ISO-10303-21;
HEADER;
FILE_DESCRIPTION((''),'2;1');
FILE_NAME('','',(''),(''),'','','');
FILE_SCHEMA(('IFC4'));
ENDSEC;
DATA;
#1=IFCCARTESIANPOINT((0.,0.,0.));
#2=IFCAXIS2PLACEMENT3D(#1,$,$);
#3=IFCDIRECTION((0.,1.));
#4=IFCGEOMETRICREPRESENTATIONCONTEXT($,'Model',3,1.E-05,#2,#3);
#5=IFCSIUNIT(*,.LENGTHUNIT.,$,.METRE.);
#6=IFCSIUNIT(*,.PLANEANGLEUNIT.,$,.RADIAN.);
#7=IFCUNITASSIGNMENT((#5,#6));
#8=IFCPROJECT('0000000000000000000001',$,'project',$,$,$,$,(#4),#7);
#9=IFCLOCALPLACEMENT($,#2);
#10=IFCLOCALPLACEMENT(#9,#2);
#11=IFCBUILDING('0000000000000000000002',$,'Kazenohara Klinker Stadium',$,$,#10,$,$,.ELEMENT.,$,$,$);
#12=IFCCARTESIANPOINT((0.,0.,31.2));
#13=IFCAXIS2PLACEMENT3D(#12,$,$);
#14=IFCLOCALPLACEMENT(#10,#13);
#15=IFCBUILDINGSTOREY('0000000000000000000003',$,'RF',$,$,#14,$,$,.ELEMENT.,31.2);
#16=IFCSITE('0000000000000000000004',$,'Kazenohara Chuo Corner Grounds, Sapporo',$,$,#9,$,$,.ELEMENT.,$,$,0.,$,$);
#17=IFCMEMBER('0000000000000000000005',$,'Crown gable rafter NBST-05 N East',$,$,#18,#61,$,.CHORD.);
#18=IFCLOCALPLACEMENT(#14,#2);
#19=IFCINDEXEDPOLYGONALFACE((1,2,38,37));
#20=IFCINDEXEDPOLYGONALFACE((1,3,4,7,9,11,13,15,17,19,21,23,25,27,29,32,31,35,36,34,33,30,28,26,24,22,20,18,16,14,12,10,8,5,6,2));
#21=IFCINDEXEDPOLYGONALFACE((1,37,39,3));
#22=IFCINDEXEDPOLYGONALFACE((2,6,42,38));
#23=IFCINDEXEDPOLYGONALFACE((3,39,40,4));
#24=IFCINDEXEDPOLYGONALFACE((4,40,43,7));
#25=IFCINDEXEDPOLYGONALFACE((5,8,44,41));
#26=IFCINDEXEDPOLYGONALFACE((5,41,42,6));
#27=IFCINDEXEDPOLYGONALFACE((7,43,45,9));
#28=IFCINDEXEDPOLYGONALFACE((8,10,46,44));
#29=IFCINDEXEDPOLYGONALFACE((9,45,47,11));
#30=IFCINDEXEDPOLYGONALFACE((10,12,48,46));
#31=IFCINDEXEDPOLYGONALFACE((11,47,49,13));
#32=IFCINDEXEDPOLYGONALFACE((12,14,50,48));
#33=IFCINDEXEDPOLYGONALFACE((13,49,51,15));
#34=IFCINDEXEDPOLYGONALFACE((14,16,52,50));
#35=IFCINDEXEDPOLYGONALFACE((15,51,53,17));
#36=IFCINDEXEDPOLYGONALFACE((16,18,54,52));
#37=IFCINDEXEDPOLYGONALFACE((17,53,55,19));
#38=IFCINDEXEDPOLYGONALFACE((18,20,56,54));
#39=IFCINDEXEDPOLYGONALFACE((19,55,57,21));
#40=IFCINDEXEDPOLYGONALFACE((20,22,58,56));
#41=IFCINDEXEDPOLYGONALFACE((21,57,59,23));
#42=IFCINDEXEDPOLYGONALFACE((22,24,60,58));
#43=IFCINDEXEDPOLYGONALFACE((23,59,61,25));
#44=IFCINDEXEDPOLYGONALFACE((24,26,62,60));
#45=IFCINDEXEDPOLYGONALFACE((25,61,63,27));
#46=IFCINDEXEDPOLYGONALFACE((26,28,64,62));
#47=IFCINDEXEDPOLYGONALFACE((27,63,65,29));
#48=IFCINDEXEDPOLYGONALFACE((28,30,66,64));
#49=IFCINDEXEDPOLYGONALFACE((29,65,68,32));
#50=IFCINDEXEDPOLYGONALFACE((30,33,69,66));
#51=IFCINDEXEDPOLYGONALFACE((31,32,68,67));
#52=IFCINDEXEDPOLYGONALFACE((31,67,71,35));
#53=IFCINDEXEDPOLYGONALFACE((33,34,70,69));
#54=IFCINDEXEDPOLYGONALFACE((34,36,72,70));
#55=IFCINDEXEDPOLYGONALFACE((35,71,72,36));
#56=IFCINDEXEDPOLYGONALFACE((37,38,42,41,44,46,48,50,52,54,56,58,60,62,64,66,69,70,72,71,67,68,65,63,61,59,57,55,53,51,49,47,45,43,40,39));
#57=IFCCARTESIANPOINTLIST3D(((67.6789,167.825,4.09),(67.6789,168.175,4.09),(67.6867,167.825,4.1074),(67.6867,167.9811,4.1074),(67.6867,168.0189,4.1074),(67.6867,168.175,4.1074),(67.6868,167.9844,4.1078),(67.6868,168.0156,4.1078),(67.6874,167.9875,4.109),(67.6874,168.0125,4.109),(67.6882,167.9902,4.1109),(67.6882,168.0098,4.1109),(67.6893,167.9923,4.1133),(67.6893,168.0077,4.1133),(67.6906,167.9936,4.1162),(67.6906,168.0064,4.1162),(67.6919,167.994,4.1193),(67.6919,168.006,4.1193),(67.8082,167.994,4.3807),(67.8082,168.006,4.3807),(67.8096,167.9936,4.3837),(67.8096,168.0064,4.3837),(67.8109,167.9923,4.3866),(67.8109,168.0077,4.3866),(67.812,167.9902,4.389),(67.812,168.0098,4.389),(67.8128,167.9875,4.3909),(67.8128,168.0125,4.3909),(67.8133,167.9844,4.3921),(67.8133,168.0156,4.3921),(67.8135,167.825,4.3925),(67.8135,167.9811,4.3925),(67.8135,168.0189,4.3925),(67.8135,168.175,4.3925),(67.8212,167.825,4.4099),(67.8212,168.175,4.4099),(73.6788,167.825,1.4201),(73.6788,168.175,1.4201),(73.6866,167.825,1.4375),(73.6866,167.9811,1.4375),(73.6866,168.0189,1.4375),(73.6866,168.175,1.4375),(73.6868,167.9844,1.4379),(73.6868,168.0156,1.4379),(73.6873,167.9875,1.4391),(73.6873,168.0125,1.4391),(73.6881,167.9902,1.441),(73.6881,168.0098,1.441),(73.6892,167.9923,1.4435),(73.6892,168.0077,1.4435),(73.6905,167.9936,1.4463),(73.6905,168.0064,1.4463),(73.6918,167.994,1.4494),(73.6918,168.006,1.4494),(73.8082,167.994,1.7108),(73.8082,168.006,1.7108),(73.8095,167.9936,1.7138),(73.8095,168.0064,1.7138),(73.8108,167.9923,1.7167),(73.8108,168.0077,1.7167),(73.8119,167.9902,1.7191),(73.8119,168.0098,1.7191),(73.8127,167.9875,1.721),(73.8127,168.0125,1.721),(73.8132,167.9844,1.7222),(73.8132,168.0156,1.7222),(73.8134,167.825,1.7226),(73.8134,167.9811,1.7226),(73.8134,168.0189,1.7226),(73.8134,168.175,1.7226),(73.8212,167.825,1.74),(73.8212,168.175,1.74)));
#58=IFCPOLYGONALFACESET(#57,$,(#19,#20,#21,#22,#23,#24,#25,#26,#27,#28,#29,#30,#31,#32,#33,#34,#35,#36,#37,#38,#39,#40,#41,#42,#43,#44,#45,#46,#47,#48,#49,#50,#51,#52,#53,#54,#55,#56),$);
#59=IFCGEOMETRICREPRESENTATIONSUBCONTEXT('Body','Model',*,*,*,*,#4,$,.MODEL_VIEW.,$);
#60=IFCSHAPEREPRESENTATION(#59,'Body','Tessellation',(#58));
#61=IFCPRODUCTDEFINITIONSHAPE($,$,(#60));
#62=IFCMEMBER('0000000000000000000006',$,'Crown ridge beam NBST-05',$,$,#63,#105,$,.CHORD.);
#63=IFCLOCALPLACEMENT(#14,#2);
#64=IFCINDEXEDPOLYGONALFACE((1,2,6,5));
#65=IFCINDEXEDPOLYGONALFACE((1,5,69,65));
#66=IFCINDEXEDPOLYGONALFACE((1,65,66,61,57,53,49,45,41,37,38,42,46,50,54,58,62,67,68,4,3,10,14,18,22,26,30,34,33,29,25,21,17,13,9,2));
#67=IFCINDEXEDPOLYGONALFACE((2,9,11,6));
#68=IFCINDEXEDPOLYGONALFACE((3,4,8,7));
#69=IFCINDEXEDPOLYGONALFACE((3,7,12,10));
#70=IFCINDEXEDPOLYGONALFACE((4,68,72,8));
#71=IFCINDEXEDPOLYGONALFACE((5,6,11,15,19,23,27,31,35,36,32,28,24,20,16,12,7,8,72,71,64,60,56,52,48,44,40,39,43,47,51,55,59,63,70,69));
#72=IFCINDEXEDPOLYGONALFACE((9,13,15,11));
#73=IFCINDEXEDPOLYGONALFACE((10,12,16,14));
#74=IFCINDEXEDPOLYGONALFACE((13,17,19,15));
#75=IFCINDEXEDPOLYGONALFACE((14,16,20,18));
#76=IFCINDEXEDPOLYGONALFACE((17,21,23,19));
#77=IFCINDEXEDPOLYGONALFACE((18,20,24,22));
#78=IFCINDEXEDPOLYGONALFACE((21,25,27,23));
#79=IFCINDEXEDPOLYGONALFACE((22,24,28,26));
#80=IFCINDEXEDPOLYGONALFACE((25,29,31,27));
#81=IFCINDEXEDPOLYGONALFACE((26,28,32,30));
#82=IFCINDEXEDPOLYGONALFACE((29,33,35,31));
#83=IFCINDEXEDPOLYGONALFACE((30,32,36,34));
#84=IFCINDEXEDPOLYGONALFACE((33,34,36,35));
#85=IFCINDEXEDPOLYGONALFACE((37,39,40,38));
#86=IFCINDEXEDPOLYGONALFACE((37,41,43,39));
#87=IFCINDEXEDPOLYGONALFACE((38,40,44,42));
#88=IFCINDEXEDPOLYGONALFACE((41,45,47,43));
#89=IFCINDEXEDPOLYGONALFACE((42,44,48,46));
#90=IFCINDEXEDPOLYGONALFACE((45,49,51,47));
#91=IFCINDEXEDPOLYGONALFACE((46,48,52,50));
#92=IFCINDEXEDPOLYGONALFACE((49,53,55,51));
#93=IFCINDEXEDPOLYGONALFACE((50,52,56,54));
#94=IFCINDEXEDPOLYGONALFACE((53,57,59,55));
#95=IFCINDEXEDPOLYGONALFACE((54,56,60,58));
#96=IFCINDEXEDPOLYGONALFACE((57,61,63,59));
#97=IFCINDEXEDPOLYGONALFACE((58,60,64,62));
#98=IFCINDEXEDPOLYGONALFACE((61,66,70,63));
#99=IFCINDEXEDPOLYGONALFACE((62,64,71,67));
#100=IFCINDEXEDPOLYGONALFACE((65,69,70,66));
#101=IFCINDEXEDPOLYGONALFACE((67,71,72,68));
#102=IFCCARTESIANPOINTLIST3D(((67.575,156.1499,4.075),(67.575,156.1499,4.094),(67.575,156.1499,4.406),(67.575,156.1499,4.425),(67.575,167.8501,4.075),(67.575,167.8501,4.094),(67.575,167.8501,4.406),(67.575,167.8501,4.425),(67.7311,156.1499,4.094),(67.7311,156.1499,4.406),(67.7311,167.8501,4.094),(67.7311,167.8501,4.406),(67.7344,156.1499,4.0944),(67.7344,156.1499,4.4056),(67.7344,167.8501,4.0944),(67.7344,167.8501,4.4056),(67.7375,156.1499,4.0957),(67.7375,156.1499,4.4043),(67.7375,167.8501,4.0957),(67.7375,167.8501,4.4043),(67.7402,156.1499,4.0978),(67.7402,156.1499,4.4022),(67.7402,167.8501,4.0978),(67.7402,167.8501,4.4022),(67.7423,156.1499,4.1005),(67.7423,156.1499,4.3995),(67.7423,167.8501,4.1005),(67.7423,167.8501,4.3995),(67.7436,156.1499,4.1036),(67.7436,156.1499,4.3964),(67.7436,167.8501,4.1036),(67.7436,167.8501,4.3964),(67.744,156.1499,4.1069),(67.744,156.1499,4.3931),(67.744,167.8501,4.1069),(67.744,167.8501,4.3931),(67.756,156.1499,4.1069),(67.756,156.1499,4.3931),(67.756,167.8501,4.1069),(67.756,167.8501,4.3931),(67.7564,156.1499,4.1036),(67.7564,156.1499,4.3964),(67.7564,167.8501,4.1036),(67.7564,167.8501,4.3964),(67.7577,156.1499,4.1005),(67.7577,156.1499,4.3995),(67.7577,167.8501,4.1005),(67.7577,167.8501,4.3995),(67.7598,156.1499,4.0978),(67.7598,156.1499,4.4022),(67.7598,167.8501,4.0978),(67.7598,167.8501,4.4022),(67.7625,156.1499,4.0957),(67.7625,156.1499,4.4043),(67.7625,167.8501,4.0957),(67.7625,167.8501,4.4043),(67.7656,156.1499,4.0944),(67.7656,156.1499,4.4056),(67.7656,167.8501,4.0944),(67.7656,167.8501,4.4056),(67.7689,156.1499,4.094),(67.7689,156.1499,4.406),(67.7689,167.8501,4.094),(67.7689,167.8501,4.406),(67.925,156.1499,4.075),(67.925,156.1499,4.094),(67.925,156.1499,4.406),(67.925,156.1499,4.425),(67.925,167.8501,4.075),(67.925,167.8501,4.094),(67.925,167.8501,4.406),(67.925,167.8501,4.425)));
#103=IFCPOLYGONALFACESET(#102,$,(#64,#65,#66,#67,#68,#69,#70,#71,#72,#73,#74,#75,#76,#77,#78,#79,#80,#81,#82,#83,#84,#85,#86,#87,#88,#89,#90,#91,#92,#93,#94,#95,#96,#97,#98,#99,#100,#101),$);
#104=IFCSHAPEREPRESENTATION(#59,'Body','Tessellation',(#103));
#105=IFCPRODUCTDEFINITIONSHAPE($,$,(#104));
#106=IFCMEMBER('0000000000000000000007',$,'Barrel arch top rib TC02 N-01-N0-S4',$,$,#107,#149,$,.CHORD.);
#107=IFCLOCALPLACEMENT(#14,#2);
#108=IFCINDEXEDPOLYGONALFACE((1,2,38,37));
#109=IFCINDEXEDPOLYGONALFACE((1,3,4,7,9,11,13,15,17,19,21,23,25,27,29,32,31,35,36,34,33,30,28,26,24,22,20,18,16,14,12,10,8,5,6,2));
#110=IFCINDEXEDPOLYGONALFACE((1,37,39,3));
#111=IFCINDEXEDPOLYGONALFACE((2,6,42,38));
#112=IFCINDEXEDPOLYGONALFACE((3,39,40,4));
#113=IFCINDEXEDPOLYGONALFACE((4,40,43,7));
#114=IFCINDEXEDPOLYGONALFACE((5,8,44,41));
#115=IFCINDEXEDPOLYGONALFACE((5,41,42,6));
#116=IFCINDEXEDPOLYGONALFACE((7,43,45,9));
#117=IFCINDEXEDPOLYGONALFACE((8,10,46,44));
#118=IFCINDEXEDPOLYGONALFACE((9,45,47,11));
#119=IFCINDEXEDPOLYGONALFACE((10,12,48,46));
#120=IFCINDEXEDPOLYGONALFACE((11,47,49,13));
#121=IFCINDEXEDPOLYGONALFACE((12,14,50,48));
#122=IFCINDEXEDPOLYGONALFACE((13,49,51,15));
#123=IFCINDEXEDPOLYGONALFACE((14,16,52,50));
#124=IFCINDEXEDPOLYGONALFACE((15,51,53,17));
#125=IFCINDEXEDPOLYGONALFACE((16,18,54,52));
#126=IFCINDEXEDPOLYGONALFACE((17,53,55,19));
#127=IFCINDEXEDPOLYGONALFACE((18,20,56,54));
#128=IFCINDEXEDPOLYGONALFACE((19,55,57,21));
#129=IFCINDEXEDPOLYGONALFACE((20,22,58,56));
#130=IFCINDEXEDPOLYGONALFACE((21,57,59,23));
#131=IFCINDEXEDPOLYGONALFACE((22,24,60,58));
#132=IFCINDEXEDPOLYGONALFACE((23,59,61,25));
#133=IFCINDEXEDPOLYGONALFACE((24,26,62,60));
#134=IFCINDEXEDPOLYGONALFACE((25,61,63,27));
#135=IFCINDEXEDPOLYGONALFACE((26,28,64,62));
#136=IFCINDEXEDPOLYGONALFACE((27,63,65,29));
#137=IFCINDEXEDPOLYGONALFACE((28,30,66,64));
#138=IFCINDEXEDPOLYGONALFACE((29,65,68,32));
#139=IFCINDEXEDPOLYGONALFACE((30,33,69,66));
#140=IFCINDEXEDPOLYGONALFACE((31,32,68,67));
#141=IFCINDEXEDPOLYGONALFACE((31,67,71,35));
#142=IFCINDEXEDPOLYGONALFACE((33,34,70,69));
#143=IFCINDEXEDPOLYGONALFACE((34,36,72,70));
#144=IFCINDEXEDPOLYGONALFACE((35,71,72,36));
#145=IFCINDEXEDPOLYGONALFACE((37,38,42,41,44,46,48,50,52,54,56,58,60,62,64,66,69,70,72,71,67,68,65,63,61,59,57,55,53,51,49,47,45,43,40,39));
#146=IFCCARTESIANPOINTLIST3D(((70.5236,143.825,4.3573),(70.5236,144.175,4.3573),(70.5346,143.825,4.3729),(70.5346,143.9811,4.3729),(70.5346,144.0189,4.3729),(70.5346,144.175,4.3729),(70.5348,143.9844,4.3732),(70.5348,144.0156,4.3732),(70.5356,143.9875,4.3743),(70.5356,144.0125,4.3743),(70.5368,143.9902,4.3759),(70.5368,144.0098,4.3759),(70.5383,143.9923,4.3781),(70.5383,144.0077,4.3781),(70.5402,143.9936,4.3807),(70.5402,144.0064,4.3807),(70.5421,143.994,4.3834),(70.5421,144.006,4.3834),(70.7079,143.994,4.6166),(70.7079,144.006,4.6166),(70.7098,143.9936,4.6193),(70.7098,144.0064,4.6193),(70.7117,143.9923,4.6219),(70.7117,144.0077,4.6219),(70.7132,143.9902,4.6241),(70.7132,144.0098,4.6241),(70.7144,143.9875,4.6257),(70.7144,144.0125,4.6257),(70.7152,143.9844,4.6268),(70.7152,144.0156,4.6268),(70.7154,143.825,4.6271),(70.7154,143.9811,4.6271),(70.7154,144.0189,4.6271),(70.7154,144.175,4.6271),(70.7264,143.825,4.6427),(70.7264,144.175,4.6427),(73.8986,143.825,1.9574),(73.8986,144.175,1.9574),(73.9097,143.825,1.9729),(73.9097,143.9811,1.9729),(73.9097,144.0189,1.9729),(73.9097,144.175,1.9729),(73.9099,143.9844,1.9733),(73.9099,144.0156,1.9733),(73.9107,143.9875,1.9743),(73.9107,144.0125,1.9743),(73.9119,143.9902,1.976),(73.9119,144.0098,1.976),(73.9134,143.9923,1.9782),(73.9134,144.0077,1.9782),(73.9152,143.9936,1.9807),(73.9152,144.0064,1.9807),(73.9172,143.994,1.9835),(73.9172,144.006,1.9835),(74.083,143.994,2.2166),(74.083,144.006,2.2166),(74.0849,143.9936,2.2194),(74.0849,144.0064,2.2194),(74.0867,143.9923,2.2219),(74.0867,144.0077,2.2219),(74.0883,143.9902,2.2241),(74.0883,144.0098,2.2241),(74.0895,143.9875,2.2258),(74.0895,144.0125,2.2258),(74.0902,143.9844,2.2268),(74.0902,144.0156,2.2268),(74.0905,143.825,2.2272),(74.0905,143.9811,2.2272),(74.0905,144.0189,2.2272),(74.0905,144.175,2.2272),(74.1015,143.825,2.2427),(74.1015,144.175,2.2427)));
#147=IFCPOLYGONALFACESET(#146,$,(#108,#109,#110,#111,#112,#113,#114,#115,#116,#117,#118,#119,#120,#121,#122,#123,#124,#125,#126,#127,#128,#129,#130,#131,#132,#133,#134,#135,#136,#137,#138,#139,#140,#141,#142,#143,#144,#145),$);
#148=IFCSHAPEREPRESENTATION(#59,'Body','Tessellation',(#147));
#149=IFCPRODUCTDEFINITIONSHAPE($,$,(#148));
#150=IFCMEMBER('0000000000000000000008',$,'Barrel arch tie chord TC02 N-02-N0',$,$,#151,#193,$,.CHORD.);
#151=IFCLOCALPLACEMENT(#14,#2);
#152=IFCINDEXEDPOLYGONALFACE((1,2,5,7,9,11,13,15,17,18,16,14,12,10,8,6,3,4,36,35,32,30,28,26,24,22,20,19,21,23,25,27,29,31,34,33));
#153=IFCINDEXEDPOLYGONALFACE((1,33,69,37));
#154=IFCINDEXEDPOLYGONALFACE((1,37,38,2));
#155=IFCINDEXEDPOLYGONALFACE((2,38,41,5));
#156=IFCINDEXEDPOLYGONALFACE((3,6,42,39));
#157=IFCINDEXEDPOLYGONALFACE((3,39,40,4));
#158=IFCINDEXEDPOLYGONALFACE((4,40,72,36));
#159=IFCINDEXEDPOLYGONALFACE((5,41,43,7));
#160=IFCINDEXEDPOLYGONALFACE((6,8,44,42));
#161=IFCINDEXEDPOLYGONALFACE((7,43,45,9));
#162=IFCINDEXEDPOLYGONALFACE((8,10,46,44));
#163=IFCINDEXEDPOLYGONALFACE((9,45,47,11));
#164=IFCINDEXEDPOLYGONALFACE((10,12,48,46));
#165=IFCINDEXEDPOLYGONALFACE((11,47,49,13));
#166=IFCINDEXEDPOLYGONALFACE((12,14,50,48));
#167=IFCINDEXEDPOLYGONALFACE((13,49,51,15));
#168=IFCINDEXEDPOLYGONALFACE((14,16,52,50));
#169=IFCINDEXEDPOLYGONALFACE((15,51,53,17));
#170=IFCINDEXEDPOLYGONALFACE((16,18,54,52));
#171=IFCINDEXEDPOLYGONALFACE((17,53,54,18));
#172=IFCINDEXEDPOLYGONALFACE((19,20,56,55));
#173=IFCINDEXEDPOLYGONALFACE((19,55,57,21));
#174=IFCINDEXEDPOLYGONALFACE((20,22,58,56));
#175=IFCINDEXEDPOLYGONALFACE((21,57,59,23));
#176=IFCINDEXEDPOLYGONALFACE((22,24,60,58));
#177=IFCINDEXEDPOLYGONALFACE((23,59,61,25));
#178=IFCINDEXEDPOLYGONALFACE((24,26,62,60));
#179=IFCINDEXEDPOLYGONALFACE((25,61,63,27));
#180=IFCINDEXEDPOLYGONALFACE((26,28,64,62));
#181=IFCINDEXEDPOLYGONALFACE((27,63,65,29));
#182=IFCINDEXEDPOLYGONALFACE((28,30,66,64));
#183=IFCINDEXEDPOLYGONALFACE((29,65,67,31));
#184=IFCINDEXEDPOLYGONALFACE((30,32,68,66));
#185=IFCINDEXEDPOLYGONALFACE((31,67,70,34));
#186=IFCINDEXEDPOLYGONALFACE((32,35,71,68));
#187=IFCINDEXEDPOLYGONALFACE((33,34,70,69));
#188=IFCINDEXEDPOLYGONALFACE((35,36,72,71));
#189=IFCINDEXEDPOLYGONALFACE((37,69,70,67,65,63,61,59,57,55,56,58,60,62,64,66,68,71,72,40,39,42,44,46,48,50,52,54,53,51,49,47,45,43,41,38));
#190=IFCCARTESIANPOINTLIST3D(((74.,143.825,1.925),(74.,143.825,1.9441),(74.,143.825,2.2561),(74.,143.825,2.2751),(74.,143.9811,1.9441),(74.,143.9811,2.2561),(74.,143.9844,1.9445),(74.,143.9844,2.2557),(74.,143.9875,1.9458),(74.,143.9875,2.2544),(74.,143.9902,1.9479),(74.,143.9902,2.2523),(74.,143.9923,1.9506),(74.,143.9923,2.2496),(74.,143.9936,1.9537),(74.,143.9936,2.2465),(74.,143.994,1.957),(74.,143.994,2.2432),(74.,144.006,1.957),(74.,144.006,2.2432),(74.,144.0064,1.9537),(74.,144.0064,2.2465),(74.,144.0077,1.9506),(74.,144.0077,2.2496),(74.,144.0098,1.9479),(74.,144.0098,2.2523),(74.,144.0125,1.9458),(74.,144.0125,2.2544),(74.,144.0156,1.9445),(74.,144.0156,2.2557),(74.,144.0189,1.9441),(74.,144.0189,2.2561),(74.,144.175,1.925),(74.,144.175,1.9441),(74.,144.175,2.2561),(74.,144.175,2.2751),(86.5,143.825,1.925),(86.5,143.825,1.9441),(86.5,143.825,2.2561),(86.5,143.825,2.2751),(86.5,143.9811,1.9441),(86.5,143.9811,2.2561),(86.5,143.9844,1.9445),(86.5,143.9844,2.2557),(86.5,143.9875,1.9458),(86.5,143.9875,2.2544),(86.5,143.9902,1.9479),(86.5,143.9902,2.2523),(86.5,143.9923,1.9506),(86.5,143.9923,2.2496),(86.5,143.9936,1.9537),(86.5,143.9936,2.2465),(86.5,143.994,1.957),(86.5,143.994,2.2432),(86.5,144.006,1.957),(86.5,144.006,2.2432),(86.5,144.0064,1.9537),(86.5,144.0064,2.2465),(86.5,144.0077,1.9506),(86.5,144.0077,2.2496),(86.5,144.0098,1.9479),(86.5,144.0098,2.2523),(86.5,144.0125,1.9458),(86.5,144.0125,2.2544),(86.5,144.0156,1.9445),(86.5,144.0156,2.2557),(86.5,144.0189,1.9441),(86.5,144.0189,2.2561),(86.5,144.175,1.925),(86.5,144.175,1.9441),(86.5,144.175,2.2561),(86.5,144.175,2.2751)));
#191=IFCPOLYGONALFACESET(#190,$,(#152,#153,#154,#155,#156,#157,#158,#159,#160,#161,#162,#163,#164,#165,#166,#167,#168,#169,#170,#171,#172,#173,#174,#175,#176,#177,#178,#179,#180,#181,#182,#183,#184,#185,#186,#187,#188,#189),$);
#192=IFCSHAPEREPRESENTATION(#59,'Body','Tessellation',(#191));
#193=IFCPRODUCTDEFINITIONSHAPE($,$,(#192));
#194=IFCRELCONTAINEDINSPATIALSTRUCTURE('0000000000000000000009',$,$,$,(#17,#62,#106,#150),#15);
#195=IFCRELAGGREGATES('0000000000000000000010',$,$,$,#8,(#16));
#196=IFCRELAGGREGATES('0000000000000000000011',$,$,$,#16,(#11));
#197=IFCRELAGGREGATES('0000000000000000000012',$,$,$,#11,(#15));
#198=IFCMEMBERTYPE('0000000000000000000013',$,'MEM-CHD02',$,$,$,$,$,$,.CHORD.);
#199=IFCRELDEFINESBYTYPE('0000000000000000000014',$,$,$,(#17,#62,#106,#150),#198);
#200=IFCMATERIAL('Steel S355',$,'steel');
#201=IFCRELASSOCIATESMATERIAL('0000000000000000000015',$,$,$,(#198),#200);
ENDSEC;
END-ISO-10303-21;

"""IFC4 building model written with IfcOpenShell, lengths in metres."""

from ifc_helpers import new_model, si_unit, direction, frame, origin, origin_2d, place, context, subcontext, project, spatial, i_section, extrude, material, material_profile, profile_set, type_object, element, save


model = new_model("IFC4")

# Units and contexts
model_context = context("Model", 3, precision=1e-05, world=origin(), true_north=direction((0.0, 1.0)))
body_context = subcontext(model_context, "Body", "Model", "MODEL_VIEW")
ifc_project = project(units=[si_unit("LENGTHUNIT", "METRE"), si_unit("PLANEANGLEUNIT", "RADIAN")], contexts=[model_context])

# Site, building, storey
site_placement = place(None, origin())
site = spatial("IfcSite", under=ifc_project, at=site_placement, Name="Kazenohara Chuo Corner Grounds, Sapporo", CompositionType="ELEMENT", RefElevation=0.0)
building_placement = place(site_placement, origin())
building = spatial("IfcBuilding", under=site, at=building_placement, Name="Kazenohara Klinker Stadium", CompositionType="ELEMENT")
storey_placement = place(building_placement, frame((0.0, 0.0, 31.2)))
storey = spatial("IfcBuildingStorey", under=building, at=storey_placement, Name="RF", CompositionType="ELEMENT", Elevation=31.2)

# Members
ifc_material_1 = material(Name="Steel S355", Category="steel")
ifc_material_profile_1 = material_profile(ifc_material_1, i_section(OverallWidth=0.3501, OverallDepth=0.3501, WebThickness=0.012, FlangeThickness=0.019, FilletRadius=0.0129, at=origin_2d()), Name="H-350x350x12x19")
ifc_profile_set_1 = profile_set([ifc_material_profile_1], Name="Steel S355")
member_type_1 = type_object("IfcMemberType", Name="MEM-CHD02", PredefinedType="CHORD", material=ifc_profile_set_1)
for number, where, z_axis, x_axis, name in (
    (1, (73.75, 168.0, 1.5801), (-0.913627, 0.0, 0.406552), (0.0, -1.0, 0.0), "Crown gable rafter NBST-05 N East"),
):
    element("IfcMember", number, at=place(storey_placement, frame(where, z_axis=z_axis, x_axis=x_axis)), inside=storey, type_object=member_type_1, Name=name, PredefinedType="CHORD", context=body_context, shape_type="SweptSolid", body=[
        extrude(i_section(OverallWidth=0.3501, OverallDepth=0.3501, WebThickness=0.012, FlangeThickness=0.019, FilletRadius=0.0129, at=origin_2d()), origin(), (0.0, 0.0, 1.0), 6.5671),
    ])
member_1_placement = place(storey_placement, frame((67.75, 156.1499, 4.25), z_axis=(0.0, 1.0, 0.0), x_axis=(-1.0, 0.0, 0.0)))
element("IfcMember", 2, at=member_1_placement, inside=storey, type_object=member_type_1, Name="Crown ridge beam NBST-05", PredefinedType="CHORD", context=body_context, shape_type="SweptSolid", body=[
    extrude(i_section(OverallWidth=0.3501, OverallDepth=0.3501, WebThickness=0.012, FlangeThickness=0.019, FilletRadius=0.0129, at=origin_2d()), origin(), (0.0, 0.0, 1.0), 11.7002),
])
member_2_placement = place(storey_placement, frame((70.625, 144.0, 4.5), z_axis=(0.814966, 0.0, -0.579508), x_axis=(0.0, 1.0, 0.0)))
element("IfcMember", 3, at=member_2_placement, inside=storey, type_object=member_type_1, Name="Barrel arch top rib TC02 N-01-N0-S4", PredefinedType="CHORD", context=body_context, shape_type="SweptSolid", body=[
    extrude(i_section(OverallWidth=0.3501, OverallDepth=0.3501, WebThickness=0.012, FlangeThickness=0.019, FilletRadius=0.0129, at=origin_2d()), origin(), (0.0, 0.0, 1.0), 4.1414),
])
member_3_placement = place(storey_placement, frame((74.0, 144.0, 2.1001), z_axis=(1.0, 0.0, 0.0), x_axis=(0.0, 1.0, 0.0)))
element("IfcMember", 4, at=member_3_placement, inside=storey, type_object=member_type_1, Name="Barrel arch tie chord TC02 N-02-N0", PredefinedType="CHORD", context=body_context, shape_type="SweptSolid", body=[
    extrude(i_section(OverallWidth=0.3501, OverallDepth=0.3501, WebThickness=0.012, FlangeThickness=0.019, FilletRadius=0.0129, at=origin_2d()), origin(), (0.0, 0.0, 1.0), 12.5),
])

save(model, "model.ifc")
